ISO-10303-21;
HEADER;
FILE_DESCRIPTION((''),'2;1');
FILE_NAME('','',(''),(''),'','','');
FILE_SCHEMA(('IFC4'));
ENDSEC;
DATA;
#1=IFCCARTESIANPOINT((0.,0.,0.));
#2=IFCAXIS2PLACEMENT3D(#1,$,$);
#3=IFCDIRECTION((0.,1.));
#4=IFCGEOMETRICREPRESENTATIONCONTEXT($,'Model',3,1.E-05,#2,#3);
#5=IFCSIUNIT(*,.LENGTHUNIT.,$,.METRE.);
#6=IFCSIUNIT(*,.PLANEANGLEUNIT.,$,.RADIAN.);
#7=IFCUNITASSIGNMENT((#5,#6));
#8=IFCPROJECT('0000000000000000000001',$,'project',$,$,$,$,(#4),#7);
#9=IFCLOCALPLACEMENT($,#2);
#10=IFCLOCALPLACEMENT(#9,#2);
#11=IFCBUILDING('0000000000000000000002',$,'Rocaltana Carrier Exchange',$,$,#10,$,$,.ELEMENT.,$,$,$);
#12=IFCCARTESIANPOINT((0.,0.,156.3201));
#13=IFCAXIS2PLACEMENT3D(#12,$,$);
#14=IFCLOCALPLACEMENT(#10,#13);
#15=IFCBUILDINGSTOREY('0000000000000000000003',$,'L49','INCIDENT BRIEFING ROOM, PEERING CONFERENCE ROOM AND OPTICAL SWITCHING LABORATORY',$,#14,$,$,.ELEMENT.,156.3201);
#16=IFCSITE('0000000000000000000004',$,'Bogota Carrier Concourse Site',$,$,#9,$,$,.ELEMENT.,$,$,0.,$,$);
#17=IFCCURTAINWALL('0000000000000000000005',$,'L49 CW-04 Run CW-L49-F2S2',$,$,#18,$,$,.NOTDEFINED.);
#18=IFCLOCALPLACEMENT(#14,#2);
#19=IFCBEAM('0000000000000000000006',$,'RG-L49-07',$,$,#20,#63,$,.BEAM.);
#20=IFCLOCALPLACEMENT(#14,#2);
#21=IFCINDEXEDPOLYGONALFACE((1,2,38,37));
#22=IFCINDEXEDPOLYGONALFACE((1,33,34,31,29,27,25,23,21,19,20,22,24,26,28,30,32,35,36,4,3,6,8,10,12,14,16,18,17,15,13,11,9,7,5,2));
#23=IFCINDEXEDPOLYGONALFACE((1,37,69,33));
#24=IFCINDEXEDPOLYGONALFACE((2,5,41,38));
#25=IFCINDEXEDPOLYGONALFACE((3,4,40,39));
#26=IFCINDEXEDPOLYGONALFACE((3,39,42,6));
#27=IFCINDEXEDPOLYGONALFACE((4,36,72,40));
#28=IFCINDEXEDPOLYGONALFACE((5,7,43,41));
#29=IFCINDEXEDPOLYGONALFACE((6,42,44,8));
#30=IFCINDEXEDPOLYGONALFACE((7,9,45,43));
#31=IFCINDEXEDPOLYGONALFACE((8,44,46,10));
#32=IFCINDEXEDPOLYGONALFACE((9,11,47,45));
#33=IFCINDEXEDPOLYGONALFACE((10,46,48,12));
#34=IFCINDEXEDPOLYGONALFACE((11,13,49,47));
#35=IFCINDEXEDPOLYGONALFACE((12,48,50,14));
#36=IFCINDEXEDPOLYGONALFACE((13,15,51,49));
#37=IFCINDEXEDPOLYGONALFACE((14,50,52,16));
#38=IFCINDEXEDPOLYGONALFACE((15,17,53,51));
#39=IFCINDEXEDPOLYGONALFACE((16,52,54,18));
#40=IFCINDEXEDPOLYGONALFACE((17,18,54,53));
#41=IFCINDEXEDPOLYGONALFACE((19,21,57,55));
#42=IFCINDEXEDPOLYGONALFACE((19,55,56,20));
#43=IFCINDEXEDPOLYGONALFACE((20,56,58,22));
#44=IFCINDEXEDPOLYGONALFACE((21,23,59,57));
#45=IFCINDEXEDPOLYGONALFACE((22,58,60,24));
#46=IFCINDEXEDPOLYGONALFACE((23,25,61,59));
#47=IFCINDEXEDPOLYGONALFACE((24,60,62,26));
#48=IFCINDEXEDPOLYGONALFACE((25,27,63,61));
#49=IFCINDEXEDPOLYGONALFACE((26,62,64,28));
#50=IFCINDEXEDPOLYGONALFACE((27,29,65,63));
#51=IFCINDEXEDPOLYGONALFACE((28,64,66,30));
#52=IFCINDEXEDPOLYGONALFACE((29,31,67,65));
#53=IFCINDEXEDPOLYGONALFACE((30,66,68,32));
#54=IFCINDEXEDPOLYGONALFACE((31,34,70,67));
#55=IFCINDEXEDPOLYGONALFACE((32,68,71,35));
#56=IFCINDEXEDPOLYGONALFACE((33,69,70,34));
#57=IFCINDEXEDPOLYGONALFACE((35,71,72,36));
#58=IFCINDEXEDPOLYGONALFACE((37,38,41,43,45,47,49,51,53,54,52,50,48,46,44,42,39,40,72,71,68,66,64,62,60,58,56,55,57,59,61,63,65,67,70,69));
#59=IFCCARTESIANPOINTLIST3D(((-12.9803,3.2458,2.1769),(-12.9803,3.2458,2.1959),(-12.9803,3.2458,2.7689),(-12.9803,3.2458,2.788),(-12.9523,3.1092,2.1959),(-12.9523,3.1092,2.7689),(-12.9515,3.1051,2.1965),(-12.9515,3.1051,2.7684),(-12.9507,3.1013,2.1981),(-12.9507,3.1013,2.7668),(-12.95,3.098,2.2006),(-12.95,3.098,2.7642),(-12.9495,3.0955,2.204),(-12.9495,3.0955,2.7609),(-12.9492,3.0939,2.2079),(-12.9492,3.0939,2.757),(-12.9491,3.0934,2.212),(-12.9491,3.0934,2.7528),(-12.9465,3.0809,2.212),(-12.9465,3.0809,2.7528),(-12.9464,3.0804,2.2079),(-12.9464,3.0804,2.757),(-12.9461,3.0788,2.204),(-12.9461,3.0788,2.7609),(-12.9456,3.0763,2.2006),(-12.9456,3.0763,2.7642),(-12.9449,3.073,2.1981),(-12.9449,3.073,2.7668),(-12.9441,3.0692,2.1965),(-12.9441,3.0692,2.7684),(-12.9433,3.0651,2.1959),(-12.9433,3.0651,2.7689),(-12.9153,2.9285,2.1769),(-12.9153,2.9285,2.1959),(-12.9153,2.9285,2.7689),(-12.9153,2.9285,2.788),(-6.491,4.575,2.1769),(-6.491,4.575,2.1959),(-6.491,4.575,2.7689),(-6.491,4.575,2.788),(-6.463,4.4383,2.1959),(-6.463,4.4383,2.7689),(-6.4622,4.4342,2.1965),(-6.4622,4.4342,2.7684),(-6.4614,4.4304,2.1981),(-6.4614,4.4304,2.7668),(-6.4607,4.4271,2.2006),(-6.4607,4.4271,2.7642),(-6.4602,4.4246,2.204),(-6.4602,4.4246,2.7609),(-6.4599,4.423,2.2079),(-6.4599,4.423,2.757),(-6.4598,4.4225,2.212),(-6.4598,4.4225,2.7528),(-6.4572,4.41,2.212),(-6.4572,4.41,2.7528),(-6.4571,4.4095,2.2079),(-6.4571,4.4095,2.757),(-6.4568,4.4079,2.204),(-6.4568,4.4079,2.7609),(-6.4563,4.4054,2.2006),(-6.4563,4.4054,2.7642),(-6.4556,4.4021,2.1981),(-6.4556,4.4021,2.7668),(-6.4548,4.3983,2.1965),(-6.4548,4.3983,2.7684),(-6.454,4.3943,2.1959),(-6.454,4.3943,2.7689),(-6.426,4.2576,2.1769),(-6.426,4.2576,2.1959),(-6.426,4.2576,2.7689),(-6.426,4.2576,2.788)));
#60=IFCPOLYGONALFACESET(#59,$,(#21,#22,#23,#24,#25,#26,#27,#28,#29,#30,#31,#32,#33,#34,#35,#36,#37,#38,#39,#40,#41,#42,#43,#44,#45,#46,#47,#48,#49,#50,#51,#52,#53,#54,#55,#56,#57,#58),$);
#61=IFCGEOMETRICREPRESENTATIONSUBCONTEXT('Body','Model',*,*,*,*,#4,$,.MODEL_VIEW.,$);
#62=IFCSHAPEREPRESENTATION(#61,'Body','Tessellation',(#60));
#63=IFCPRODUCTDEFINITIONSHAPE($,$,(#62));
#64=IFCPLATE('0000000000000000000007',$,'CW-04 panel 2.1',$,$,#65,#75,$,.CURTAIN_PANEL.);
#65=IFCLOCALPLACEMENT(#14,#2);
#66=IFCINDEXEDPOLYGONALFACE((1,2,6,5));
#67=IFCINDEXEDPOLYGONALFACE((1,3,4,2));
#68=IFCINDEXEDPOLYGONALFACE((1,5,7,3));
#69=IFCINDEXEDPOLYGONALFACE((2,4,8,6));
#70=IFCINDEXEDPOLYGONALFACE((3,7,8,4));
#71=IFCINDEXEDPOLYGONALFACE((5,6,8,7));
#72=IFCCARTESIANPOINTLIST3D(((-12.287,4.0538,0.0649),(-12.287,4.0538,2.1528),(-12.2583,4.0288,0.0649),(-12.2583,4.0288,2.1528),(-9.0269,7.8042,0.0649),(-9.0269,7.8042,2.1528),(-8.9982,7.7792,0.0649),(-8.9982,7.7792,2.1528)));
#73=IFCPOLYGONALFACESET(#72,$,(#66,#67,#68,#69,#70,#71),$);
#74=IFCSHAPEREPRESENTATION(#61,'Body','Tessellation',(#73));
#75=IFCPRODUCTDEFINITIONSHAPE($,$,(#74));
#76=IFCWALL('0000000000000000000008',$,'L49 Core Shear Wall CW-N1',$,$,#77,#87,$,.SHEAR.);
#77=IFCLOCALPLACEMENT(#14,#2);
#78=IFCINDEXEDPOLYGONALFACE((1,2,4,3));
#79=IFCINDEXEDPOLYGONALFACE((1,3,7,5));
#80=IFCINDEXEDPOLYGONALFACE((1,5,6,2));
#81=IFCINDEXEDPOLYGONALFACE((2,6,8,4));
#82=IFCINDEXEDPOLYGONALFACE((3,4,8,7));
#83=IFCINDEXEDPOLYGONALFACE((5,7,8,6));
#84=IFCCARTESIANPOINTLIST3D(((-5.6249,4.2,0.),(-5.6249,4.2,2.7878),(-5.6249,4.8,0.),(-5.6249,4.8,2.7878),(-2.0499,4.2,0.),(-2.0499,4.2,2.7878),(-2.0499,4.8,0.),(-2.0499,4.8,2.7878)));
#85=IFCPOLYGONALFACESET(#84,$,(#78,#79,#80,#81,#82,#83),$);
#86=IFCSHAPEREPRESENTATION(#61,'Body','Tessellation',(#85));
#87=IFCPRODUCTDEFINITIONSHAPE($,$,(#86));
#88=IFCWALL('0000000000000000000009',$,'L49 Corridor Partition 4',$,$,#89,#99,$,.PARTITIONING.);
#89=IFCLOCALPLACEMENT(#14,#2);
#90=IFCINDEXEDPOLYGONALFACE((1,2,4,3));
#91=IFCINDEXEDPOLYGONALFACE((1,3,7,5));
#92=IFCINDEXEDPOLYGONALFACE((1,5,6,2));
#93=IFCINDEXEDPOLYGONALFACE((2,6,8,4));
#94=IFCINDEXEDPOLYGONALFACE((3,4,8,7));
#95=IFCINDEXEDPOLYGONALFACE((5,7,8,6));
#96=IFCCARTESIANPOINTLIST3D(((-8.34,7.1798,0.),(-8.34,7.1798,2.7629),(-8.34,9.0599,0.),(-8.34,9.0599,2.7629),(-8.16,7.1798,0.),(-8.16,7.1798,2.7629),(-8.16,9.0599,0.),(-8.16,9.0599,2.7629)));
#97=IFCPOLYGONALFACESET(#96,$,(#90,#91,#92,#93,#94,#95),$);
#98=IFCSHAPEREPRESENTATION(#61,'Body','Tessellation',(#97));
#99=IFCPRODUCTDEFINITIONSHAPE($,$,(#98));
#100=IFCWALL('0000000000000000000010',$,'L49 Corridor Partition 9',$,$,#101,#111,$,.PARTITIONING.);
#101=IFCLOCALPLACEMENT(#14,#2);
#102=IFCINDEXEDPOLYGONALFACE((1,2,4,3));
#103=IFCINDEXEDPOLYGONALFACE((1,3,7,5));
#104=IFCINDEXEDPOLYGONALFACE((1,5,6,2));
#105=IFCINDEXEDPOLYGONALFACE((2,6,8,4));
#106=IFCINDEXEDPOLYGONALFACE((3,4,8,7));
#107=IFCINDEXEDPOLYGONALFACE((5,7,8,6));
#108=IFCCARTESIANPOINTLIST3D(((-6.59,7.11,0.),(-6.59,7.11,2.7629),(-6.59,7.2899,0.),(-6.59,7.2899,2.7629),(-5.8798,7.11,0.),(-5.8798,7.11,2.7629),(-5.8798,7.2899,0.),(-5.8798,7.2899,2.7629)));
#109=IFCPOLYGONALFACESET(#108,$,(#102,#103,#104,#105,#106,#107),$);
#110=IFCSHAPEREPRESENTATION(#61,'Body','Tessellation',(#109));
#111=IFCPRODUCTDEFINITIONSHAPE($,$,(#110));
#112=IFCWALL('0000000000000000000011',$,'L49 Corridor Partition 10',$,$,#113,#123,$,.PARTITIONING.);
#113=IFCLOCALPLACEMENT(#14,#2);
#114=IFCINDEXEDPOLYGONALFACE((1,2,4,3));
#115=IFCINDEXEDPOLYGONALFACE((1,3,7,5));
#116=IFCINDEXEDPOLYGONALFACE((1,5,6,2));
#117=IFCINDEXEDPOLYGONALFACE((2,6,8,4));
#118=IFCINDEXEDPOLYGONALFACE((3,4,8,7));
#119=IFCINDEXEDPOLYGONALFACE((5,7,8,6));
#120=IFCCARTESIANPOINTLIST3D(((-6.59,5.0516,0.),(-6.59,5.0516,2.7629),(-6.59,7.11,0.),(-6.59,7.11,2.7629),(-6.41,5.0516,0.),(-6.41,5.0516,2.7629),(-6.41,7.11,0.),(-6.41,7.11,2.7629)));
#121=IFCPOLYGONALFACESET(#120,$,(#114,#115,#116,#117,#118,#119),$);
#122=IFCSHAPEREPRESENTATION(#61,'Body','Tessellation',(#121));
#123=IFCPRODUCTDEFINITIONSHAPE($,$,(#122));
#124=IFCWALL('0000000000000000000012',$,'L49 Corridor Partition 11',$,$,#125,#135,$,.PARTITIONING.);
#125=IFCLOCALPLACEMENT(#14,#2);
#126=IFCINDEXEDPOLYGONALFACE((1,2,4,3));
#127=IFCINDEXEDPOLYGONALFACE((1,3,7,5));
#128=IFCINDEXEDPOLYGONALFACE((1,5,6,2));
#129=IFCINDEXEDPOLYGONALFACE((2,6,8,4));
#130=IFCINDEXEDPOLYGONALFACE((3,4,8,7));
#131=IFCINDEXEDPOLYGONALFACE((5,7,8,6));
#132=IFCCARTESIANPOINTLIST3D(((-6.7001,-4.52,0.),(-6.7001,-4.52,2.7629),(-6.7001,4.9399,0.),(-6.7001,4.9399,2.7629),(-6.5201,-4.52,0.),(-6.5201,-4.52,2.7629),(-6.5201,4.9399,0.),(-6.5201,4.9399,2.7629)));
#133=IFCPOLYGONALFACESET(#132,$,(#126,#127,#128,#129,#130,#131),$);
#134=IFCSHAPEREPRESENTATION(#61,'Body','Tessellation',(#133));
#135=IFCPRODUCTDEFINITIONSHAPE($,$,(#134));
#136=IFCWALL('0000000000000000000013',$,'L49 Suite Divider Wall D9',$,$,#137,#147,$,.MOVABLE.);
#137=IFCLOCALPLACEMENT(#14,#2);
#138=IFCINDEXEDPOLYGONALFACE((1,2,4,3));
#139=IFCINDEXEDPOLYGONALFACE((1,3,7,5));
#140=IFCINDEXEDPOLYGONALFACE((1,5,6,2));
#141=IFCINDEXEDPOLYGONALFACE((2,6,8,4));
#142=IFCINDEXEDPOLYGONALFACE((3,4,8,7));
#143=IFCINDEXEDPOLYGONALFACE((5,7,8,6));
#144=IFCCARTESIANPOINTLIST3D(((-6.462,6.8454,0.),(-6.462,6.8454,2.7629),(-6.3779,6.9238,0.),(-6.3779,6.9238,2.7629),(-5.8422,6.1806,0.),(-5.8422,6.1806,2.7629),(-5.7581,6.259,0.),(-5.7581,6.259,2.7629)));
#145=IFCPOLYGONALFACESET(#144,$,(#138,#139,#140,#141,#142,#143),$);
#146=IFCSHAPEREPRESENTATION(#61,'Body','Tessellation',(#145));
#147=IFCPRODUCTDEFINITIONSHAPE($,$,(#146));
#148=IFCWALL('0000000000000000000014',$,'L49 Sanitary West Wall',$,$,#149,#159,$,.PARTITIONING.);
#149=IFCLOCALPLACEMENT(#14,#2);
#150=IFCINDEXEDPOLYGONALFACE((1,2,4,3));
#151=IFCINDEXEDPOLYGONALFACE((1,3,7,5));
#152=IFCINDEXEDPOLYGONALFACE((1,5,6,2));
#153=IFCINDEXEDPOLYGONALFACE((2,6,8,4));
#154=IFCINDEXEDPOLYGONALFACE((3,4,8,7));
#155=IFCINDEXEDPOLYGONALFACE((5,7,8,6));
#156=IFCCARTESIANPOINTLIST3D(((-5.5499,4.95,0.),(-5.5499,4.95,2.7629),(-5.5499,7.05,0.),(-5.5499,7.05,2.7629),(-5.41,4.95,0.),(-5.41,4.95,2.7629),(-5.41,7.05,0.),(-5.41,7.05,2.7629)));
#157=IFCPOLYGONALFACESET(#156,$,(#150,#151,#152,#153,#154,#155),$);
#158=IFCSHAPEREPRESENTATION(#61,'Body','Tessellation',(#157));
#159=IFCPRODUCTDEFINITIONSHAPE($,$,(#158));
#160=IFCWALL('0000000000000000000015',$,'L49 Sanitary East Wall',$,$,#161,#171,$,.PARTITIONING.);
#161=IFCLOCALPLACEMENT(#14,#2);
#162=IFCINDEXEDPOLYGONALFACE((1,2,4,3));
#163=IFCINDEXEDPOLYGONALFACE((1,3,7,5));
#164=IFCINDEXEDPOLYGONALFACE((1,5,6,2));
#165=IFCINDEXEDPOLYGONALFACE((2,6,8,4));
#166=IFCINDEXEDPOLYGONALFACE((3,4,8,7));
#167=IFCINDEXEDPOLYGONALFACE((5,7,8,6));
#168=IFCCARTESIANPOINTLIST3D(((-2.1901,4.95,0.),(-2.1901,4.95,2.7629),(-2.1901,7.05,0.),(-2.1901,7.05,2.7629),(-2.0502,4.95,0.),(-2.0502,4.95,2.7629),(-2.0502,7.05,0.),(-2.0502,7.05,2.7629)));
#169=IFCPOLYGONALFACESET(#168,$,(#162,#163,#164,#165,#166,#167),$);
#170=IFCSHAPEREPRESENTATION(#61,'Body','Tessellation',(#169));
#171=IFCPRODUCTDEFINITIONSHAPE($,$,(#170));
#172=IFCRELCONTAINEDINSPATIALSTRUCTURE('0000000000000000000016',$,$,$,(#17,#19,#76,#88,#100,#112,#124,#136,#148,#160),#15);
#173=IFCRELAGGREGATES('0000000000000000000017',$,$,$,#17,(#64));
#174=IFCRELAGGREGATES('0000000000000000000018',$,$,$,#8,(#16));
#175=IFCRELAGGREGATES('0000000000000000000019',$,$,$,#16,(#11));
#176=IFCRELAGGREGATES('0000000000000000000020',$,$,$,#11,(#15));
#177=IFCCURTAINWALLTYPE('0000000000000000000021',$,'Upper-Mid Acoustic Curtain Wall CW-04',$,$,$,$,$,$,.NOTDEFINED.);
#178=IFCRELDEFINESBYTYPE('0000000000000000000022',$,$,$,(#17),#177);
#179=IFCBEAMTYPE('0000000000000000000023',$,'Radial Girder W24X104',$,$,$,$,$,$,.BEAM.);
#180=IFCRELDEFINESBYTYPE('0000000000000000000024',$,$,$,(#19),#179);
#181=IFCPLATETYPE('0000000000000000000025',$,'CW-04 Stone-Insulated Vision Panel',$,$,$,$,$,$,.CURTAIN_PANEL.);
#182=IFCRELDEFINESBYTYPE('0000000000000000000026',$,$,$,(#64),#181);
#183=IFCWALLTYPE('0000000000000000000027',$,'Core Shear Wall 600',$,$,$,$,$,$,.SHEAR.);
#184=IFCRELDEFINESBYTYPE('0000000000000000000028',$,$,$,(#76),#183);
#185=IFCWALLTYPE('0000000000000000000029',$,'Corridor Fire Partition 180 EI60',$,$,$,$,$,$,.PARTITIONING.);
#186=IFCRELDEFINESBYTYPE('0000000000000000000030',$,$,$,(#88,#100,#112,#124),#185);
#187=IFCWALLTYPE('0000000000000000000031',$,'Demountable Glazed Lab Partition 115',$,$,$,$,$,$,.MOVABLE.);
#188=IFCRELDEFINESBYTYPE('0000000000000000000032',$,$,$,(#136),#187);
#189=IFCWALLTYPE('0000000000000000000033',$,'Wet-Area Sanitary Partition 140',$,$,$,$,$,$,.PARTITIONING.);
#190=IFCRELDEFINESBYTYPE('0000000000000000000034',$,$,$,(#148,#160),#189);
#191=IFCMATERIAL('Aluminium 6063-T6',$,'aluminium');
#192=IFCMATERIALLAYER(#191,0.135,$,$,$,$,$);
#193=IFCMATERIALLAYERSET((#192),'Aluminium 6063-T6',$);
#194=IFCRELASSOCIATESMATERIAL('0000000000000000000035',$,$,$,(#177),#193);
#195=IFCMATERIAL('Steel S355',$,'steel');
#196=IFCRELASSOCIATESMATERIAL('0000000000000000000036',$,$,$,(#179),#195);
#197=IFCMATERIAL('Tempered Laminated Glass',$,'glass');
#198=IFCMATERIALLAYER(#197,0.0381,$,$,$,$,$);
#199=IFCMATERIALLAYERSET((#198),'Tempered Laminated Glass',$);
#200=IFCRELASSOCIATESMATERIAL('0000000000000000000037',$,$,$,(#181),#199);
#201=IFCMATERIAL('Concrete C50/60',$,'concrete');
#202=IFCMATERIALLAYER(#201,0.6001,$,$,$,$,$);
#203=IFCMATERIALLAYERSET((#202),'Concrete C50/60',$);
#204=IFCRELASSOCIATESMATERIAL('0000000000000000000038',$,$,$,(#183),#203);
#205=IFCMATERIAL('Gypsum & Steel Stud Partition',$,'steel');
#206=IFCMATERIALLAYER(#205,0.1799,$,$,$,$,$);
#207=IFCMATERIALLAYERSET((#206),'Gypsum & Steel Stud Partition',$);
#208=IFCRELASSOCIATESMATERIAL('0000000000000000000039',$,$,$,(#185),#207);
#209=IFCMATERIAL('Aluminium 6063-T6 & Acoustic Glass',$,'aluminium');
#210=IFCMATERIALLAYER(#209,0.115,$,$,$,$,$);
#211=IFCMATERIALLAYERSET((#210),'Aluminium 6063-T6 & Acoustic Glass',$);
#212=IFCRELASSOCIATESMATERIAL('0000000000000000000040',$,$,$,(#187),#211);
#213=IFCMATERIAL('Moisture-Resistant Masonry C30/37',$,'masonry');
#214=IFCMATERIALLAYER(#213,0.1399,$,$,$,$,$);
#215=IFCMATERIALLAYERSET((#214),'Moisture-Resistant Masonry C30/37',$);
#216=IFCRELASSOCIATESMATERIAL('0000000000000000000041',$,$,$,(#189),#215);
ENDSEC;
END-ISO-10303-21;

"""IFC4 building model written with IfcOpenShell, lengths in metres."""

from ifc_helpers import new_model, si_unit, direction, frame, frame_2d, origin, origin_2d, place, context, subcontext, project, spatial, rectangle, i_section, extrude, material, layer, layer_set, material_profile, profile_set, type_object, element, aggregate, save


model = new_model("IFC4")

# Units and contexts
model_context = context("Model", 3, precision=1e-05, world=origin(), true_north=direction((0.0, 1.0)))
body_context = subcontext(model_context, "Body", "Model", "MODEL_VIEW")
ifc_project = project(units=[si_unit("LENGTHUNIT", "METRE"), si_unit("PLANEANGLEUNIT", "RADIAN")], contexts=[model_context])

# Site, building, storey
site_placement = place(None, origin())
site = spatial("IfcSite", under=ifc_project, at=site_placement, Name="Bogota Carrier Concourse Site", CompositionType="ELEMENT", RefElevation=0.0)
building_placement = place(site_placement, origin())
building = spatial("IfcBuilding", under=site, at=building_placement, Name="Rocaltana Carrier Exchange", CompositionType="ELEMENT")
storey_placement = place(building_placement, frame((0.0, 0.0, 156.3201)))
storey = spatial("IfcBuildingStorey", under=building, at=storey_placement, Name="L49", Description="INCIDENT BRIEFING ROOM, PEERING CONFERENCE ROOM AND OPTICAL SWITCHING LABORATORY", CompositionType="ELEMENT", Elevation=156.3201)

# Curtain wall
ifc_material_1 = material(Name="Aluminium 6063-T6", Category="aluminium")
ifc_layer_1 = layer(ifc_material_1, 0.135)
ifc_layer_set_1 = layer_set([ifc_layer_1], Name="Aluminium 6063-T6")
curtain_wall_type = type_object("IfcCurtainWallType", Name="Upper-Mid Acoustic Curtain Wall CW-04", PredefinedType="NOTDEFINED", material=ifc_layer_set_1)
curtain_wall_placement = place(storey_placement, origin())
curtain_wall = element("IfcCurtainWall", 1, at=curtain_wall_placement, inside=storey, type_object=curtain_wall_type, Name="L49 CW-04 Run CW-L49-F2S2", PredefinedType="NOTDEFINED")

# Beam
ifc_material_2 = material(Name="Steel S355", Category="steel")
ifc_material_profile_1 = material_profile(ifc_material_2, i_section(OverallWidth=0.324, OverallDepth=0.6111, WebThickness=0.0127, FlangeThickness=0.019, FilletRadius=0.0161, at=origin_2d()), Name="W24X104")
ifc_profile_set_1 = profile_set([ifc_material_profile_1], Name="Steel S355")
beam_type_1 = type_object("IfcBeamType", Name="Radial Girder W24X104", PredefinedType="BEAM", material=ifc_profile_set_1)
beam_1_placement = place(storey_placement, frame((-6.4585, 4.4163, 2.4824), z_axis=(-0.979663, -0.20065, 0.0), x_axis=(0.20065, -0.979663, 0.0)))
element("IfcBeam", 2, at=beam_1_placement, inside=storey, type_object=beam_type_1, Name="RG-L49-07", PredefinedType="BEAM", context=body_context, shape_type="SweptSolid", body=[
    extrude(i_section(OverallWidth=0.324, OverallDepth=0.6111, WebThickness=0.0127, FlangeThickness=0.019, FilletRadius=0.0161, at=origin_2d()), origin(), (0.0, 0.0, 1.0), 6.624),
])

# Plate
ifc_material_3 = material(Name="Tempered Laminated Glass", Category="glass")
ifc_layer_2 = layer(ifc_material_3, 0.0381)
ifc_layer_set_2 = layer_set([ifc_layer_2], Name="Tempered Laminated Glass")
plate_type = type_object("IfcPlateType", Name="CW-04 Stone-Insulated Vision Panel", PredefinedType="CURTAIN_PANEL", material=ifc_layer_set_2)
plate_placement = place(storey_placement, frame((-10.6426, 5.9165, 0.0649), z_axis=(0.0, 0.0, 1.0), x_axis=(-0.656057, -0.754712, 0.0)))
plate = element("IfcPlate", 3, at=plate_placement, type_object=plate_type, Name="CW-04 panel 2.1", PredefinedType="CURTAIN_PANEL", context=body_context, shape_type="SweptSolid", body=[
    extrude(rectangle(XDim=4.9692, YDim=0.0381, at=origin_2d()), origin(), (0.0, 0.0, 1.0), 2.0879),
])
aggregate(curtain_wall, [plate])

# Walls
ifc_material_4 = material(Name="Concrete C50/60", Category="concrete")
ifc_layer_3 = layer(ifc_material_4, 0.6001)
ifc_layer_set_3 = layer_set([ifc_layer_3], Name="Concrete C50/60")
wall_type_1 = type_object("IfcWallType", Name="Core Shear Wall 600", PredefinedType="SHEAR", material=ifc_layer_set_3)
wall_1_placement = place(storey_placement, frame((-5.625, 4.5, 0.0), z_axis=(0.0, 0.0, 1.0), x_axis=(1.0, 0.0, 0.0)))
element("IfcWall", 4, at=wall_1_placement, inside=storey, type_object=wall_type_1, Name="L49 Core Shear Wall CW-N1", PredefinedType="SHEAR", context=body_context, shape_type="SweptSolid", body=[
    extrude(rectangle(XDim=3.575, YDim=0.6001, at=frame_2d((1.7876, 0.0))), origin(), (0.0, 0.0, 1.0), 2.7878),
])
ifc_material_5 = material(Name="Gypsum & Steel Stud Partition", Category="steel")
ifc_layer_4 = layer(ifc_material_5, 0.1799)
ifc_layer_set_4 = layer_set([ifc_layer_4], Name="Gypsum & Steel Stud Partition")
wall_type_2 = type_object("IfcWallType", Name="Corridor Fire Partition 180 EI60", PredefinedType="PARTITIONING", material=ifc_layer_set_4)
wall_2_placement = place(storey_placement, frame((-8.25, 7.1799, 0.0), z_axis=(0.0, 0.0, 1.0), x_axis=(0.0, 1.0, 0.0)))
element("IfcWall", 5, at=wall_2_placement, inside=storey, type_object=wall_type_2, Name="L49 Corridor Partition 4", PredefinedType="PARTITIONING", context=body_context, shape_type="SweptSolid", body=[
    extrude(rectangle(XDim=1.8801, YDim=0.1799, at=frame_2d((0.9399, 0.0))), origin(), (0.0, 0.0, 1.0), 2.7629),
])
wall_3_placement = place(storey_placement, frame((-5.8799, 7.2, 0.0), z_axis=(0.0, 0.0, 1.0), x_axis=(-1.0, 0.0, 0.0)))
element("IfcWall", 6, at=wall_3_placement, inside=storey, type_object=wall_type_2, Name="L49 Corridor Partition 9", PredefinedType="PARTITIONING", context=body_context, shape_type="SweptSolid", body=[
    extrude(rectangle(XDim=0.7102, YDim=0.1799, at=frame_2d((0.355, 0.0))), origin(), (0.0, 0.0, 1.0), 2.7629),
])
wall_4_placement = place(storey_placement, frame((-6.5, 7.1101, 0.0), z_axis=(0.0, 0.0, 1.0), x_axis=(0.0, -1.0, 0.0)))
element("IfcWall", 7, at=wall_4_placement, inside=storey, type_object=wall_type_2, Name="L49 Corridor Partition 10", PredefinedType="PARTITIONING", context=body_context, shape_type="SweptSolid", body=[
    extrude(rectangle(XDim=2.0583, YDim=0.1799, at=frame_2d((1.0293, 0.0))), origin(), (0.0, 0.0, 1.0), 2.7629),
])
wall_5_placement = place(storey_placement, frame((-6.6101, 4.9399, 0.0), z_axis=(0.0, 0.0, 1.0), x_axis=(0.0, -1.0, 0.0)))
element("IfcWall", 8, at=wall_5_placement, inside=storey, type_object=wall_type_2, Name="L49 Corridor Partition 11", PredefinedType="PARTITIONING", context=body_context, shape_type="SweptSolid", body=[
    extrude(rectangle(XDim=9.46, YDim=0.1799, at=frame_2d((4.73, 0.0))), origin(), (0.0, 0.0, 1.0), 2.7629),
])
ifc_material_6 = material(Name="Aluminium 6063-T6 & Acoustic Glass", Category="aluminium")
ifc_layer_5 = layer(ifc_material_6, 0.115)
ifc_layer_set_5 = layer_set([ifc_layer_5], Name="Aluminium 6063-T6 & Acoustic Glass")
wall_type_3 = type_object("IfcWallType", Name="Demountable Glazed Lab Partition 115", PredefinedType="MOVABLE", material=ifc_layer_set_5)
wall_6_placement = place(storey_placement, frame((-5.8, 6.2197, 0.0), z_axis=(0.0, 0.0, 1.0), x_axis=(-0.681964, 0.731386, 0.0)))
element("IfcWall", 9, at=wall_6_placement, inside=storey, type_object=wall_type_3, Name="L49 Suite Divider Wall D9", PredefinedType="MOVABLE", context=body_context, shape_type="SweptSolid", body=[
    extrude(rectangle(XDim=0.9089, YDim=0.115, at=frame_2d((0.4546, 0.0))), origin(), (0.0, 0.0, 1.0), 2.7629),
])
ifc_material_7 = material(Name="Moisture-Resistant Masonry C30/37", Category="masonry")
ifc_layer_6 = layer(ifc_material_7, 0.1399)
ifc_layer_set_6 = layer_set([ifc_layer_6], Name="Moisture-Resistant Masonry C30/37")
wall_type_4 = type_object("IfcWallType", Name="Wet-Area Sanitary Partition 140", PredefinedType="PARTITIONING", material=ifc_layer_set_6)
for number, where, z_axis, x_axis, name in (
    (10, (-5.48, 4.95, 0.0), (0.0, 0.0, 1.0), (0.0, 1.0, 0.0), "L49 Sanitary West Wall"),
    (11, (-2.1201, 4.95, 0.0), (0.0, 0.0, 1.0), (0.0, 1.0, 0.0), "L49 Sanitary East Wall"),
):
    element("IfcWall", number, at=place(storey_placement, frame(where, z_axis=z_axis, x_axis=x_axis)), inside=storey, type_object=wall_type_4, Name=name, PredefinedType="PARTITIONING", context=body_context, shape_type="SweptSolid", body=[
        extrude(rectangle(XDim=2.1001, YDim=0.1399, at=frame_2d((1.05, 0.0))), origin(), (0.0, 0.0, 1.0), 2.7629),
    ])

save(model, "model.ifc")
